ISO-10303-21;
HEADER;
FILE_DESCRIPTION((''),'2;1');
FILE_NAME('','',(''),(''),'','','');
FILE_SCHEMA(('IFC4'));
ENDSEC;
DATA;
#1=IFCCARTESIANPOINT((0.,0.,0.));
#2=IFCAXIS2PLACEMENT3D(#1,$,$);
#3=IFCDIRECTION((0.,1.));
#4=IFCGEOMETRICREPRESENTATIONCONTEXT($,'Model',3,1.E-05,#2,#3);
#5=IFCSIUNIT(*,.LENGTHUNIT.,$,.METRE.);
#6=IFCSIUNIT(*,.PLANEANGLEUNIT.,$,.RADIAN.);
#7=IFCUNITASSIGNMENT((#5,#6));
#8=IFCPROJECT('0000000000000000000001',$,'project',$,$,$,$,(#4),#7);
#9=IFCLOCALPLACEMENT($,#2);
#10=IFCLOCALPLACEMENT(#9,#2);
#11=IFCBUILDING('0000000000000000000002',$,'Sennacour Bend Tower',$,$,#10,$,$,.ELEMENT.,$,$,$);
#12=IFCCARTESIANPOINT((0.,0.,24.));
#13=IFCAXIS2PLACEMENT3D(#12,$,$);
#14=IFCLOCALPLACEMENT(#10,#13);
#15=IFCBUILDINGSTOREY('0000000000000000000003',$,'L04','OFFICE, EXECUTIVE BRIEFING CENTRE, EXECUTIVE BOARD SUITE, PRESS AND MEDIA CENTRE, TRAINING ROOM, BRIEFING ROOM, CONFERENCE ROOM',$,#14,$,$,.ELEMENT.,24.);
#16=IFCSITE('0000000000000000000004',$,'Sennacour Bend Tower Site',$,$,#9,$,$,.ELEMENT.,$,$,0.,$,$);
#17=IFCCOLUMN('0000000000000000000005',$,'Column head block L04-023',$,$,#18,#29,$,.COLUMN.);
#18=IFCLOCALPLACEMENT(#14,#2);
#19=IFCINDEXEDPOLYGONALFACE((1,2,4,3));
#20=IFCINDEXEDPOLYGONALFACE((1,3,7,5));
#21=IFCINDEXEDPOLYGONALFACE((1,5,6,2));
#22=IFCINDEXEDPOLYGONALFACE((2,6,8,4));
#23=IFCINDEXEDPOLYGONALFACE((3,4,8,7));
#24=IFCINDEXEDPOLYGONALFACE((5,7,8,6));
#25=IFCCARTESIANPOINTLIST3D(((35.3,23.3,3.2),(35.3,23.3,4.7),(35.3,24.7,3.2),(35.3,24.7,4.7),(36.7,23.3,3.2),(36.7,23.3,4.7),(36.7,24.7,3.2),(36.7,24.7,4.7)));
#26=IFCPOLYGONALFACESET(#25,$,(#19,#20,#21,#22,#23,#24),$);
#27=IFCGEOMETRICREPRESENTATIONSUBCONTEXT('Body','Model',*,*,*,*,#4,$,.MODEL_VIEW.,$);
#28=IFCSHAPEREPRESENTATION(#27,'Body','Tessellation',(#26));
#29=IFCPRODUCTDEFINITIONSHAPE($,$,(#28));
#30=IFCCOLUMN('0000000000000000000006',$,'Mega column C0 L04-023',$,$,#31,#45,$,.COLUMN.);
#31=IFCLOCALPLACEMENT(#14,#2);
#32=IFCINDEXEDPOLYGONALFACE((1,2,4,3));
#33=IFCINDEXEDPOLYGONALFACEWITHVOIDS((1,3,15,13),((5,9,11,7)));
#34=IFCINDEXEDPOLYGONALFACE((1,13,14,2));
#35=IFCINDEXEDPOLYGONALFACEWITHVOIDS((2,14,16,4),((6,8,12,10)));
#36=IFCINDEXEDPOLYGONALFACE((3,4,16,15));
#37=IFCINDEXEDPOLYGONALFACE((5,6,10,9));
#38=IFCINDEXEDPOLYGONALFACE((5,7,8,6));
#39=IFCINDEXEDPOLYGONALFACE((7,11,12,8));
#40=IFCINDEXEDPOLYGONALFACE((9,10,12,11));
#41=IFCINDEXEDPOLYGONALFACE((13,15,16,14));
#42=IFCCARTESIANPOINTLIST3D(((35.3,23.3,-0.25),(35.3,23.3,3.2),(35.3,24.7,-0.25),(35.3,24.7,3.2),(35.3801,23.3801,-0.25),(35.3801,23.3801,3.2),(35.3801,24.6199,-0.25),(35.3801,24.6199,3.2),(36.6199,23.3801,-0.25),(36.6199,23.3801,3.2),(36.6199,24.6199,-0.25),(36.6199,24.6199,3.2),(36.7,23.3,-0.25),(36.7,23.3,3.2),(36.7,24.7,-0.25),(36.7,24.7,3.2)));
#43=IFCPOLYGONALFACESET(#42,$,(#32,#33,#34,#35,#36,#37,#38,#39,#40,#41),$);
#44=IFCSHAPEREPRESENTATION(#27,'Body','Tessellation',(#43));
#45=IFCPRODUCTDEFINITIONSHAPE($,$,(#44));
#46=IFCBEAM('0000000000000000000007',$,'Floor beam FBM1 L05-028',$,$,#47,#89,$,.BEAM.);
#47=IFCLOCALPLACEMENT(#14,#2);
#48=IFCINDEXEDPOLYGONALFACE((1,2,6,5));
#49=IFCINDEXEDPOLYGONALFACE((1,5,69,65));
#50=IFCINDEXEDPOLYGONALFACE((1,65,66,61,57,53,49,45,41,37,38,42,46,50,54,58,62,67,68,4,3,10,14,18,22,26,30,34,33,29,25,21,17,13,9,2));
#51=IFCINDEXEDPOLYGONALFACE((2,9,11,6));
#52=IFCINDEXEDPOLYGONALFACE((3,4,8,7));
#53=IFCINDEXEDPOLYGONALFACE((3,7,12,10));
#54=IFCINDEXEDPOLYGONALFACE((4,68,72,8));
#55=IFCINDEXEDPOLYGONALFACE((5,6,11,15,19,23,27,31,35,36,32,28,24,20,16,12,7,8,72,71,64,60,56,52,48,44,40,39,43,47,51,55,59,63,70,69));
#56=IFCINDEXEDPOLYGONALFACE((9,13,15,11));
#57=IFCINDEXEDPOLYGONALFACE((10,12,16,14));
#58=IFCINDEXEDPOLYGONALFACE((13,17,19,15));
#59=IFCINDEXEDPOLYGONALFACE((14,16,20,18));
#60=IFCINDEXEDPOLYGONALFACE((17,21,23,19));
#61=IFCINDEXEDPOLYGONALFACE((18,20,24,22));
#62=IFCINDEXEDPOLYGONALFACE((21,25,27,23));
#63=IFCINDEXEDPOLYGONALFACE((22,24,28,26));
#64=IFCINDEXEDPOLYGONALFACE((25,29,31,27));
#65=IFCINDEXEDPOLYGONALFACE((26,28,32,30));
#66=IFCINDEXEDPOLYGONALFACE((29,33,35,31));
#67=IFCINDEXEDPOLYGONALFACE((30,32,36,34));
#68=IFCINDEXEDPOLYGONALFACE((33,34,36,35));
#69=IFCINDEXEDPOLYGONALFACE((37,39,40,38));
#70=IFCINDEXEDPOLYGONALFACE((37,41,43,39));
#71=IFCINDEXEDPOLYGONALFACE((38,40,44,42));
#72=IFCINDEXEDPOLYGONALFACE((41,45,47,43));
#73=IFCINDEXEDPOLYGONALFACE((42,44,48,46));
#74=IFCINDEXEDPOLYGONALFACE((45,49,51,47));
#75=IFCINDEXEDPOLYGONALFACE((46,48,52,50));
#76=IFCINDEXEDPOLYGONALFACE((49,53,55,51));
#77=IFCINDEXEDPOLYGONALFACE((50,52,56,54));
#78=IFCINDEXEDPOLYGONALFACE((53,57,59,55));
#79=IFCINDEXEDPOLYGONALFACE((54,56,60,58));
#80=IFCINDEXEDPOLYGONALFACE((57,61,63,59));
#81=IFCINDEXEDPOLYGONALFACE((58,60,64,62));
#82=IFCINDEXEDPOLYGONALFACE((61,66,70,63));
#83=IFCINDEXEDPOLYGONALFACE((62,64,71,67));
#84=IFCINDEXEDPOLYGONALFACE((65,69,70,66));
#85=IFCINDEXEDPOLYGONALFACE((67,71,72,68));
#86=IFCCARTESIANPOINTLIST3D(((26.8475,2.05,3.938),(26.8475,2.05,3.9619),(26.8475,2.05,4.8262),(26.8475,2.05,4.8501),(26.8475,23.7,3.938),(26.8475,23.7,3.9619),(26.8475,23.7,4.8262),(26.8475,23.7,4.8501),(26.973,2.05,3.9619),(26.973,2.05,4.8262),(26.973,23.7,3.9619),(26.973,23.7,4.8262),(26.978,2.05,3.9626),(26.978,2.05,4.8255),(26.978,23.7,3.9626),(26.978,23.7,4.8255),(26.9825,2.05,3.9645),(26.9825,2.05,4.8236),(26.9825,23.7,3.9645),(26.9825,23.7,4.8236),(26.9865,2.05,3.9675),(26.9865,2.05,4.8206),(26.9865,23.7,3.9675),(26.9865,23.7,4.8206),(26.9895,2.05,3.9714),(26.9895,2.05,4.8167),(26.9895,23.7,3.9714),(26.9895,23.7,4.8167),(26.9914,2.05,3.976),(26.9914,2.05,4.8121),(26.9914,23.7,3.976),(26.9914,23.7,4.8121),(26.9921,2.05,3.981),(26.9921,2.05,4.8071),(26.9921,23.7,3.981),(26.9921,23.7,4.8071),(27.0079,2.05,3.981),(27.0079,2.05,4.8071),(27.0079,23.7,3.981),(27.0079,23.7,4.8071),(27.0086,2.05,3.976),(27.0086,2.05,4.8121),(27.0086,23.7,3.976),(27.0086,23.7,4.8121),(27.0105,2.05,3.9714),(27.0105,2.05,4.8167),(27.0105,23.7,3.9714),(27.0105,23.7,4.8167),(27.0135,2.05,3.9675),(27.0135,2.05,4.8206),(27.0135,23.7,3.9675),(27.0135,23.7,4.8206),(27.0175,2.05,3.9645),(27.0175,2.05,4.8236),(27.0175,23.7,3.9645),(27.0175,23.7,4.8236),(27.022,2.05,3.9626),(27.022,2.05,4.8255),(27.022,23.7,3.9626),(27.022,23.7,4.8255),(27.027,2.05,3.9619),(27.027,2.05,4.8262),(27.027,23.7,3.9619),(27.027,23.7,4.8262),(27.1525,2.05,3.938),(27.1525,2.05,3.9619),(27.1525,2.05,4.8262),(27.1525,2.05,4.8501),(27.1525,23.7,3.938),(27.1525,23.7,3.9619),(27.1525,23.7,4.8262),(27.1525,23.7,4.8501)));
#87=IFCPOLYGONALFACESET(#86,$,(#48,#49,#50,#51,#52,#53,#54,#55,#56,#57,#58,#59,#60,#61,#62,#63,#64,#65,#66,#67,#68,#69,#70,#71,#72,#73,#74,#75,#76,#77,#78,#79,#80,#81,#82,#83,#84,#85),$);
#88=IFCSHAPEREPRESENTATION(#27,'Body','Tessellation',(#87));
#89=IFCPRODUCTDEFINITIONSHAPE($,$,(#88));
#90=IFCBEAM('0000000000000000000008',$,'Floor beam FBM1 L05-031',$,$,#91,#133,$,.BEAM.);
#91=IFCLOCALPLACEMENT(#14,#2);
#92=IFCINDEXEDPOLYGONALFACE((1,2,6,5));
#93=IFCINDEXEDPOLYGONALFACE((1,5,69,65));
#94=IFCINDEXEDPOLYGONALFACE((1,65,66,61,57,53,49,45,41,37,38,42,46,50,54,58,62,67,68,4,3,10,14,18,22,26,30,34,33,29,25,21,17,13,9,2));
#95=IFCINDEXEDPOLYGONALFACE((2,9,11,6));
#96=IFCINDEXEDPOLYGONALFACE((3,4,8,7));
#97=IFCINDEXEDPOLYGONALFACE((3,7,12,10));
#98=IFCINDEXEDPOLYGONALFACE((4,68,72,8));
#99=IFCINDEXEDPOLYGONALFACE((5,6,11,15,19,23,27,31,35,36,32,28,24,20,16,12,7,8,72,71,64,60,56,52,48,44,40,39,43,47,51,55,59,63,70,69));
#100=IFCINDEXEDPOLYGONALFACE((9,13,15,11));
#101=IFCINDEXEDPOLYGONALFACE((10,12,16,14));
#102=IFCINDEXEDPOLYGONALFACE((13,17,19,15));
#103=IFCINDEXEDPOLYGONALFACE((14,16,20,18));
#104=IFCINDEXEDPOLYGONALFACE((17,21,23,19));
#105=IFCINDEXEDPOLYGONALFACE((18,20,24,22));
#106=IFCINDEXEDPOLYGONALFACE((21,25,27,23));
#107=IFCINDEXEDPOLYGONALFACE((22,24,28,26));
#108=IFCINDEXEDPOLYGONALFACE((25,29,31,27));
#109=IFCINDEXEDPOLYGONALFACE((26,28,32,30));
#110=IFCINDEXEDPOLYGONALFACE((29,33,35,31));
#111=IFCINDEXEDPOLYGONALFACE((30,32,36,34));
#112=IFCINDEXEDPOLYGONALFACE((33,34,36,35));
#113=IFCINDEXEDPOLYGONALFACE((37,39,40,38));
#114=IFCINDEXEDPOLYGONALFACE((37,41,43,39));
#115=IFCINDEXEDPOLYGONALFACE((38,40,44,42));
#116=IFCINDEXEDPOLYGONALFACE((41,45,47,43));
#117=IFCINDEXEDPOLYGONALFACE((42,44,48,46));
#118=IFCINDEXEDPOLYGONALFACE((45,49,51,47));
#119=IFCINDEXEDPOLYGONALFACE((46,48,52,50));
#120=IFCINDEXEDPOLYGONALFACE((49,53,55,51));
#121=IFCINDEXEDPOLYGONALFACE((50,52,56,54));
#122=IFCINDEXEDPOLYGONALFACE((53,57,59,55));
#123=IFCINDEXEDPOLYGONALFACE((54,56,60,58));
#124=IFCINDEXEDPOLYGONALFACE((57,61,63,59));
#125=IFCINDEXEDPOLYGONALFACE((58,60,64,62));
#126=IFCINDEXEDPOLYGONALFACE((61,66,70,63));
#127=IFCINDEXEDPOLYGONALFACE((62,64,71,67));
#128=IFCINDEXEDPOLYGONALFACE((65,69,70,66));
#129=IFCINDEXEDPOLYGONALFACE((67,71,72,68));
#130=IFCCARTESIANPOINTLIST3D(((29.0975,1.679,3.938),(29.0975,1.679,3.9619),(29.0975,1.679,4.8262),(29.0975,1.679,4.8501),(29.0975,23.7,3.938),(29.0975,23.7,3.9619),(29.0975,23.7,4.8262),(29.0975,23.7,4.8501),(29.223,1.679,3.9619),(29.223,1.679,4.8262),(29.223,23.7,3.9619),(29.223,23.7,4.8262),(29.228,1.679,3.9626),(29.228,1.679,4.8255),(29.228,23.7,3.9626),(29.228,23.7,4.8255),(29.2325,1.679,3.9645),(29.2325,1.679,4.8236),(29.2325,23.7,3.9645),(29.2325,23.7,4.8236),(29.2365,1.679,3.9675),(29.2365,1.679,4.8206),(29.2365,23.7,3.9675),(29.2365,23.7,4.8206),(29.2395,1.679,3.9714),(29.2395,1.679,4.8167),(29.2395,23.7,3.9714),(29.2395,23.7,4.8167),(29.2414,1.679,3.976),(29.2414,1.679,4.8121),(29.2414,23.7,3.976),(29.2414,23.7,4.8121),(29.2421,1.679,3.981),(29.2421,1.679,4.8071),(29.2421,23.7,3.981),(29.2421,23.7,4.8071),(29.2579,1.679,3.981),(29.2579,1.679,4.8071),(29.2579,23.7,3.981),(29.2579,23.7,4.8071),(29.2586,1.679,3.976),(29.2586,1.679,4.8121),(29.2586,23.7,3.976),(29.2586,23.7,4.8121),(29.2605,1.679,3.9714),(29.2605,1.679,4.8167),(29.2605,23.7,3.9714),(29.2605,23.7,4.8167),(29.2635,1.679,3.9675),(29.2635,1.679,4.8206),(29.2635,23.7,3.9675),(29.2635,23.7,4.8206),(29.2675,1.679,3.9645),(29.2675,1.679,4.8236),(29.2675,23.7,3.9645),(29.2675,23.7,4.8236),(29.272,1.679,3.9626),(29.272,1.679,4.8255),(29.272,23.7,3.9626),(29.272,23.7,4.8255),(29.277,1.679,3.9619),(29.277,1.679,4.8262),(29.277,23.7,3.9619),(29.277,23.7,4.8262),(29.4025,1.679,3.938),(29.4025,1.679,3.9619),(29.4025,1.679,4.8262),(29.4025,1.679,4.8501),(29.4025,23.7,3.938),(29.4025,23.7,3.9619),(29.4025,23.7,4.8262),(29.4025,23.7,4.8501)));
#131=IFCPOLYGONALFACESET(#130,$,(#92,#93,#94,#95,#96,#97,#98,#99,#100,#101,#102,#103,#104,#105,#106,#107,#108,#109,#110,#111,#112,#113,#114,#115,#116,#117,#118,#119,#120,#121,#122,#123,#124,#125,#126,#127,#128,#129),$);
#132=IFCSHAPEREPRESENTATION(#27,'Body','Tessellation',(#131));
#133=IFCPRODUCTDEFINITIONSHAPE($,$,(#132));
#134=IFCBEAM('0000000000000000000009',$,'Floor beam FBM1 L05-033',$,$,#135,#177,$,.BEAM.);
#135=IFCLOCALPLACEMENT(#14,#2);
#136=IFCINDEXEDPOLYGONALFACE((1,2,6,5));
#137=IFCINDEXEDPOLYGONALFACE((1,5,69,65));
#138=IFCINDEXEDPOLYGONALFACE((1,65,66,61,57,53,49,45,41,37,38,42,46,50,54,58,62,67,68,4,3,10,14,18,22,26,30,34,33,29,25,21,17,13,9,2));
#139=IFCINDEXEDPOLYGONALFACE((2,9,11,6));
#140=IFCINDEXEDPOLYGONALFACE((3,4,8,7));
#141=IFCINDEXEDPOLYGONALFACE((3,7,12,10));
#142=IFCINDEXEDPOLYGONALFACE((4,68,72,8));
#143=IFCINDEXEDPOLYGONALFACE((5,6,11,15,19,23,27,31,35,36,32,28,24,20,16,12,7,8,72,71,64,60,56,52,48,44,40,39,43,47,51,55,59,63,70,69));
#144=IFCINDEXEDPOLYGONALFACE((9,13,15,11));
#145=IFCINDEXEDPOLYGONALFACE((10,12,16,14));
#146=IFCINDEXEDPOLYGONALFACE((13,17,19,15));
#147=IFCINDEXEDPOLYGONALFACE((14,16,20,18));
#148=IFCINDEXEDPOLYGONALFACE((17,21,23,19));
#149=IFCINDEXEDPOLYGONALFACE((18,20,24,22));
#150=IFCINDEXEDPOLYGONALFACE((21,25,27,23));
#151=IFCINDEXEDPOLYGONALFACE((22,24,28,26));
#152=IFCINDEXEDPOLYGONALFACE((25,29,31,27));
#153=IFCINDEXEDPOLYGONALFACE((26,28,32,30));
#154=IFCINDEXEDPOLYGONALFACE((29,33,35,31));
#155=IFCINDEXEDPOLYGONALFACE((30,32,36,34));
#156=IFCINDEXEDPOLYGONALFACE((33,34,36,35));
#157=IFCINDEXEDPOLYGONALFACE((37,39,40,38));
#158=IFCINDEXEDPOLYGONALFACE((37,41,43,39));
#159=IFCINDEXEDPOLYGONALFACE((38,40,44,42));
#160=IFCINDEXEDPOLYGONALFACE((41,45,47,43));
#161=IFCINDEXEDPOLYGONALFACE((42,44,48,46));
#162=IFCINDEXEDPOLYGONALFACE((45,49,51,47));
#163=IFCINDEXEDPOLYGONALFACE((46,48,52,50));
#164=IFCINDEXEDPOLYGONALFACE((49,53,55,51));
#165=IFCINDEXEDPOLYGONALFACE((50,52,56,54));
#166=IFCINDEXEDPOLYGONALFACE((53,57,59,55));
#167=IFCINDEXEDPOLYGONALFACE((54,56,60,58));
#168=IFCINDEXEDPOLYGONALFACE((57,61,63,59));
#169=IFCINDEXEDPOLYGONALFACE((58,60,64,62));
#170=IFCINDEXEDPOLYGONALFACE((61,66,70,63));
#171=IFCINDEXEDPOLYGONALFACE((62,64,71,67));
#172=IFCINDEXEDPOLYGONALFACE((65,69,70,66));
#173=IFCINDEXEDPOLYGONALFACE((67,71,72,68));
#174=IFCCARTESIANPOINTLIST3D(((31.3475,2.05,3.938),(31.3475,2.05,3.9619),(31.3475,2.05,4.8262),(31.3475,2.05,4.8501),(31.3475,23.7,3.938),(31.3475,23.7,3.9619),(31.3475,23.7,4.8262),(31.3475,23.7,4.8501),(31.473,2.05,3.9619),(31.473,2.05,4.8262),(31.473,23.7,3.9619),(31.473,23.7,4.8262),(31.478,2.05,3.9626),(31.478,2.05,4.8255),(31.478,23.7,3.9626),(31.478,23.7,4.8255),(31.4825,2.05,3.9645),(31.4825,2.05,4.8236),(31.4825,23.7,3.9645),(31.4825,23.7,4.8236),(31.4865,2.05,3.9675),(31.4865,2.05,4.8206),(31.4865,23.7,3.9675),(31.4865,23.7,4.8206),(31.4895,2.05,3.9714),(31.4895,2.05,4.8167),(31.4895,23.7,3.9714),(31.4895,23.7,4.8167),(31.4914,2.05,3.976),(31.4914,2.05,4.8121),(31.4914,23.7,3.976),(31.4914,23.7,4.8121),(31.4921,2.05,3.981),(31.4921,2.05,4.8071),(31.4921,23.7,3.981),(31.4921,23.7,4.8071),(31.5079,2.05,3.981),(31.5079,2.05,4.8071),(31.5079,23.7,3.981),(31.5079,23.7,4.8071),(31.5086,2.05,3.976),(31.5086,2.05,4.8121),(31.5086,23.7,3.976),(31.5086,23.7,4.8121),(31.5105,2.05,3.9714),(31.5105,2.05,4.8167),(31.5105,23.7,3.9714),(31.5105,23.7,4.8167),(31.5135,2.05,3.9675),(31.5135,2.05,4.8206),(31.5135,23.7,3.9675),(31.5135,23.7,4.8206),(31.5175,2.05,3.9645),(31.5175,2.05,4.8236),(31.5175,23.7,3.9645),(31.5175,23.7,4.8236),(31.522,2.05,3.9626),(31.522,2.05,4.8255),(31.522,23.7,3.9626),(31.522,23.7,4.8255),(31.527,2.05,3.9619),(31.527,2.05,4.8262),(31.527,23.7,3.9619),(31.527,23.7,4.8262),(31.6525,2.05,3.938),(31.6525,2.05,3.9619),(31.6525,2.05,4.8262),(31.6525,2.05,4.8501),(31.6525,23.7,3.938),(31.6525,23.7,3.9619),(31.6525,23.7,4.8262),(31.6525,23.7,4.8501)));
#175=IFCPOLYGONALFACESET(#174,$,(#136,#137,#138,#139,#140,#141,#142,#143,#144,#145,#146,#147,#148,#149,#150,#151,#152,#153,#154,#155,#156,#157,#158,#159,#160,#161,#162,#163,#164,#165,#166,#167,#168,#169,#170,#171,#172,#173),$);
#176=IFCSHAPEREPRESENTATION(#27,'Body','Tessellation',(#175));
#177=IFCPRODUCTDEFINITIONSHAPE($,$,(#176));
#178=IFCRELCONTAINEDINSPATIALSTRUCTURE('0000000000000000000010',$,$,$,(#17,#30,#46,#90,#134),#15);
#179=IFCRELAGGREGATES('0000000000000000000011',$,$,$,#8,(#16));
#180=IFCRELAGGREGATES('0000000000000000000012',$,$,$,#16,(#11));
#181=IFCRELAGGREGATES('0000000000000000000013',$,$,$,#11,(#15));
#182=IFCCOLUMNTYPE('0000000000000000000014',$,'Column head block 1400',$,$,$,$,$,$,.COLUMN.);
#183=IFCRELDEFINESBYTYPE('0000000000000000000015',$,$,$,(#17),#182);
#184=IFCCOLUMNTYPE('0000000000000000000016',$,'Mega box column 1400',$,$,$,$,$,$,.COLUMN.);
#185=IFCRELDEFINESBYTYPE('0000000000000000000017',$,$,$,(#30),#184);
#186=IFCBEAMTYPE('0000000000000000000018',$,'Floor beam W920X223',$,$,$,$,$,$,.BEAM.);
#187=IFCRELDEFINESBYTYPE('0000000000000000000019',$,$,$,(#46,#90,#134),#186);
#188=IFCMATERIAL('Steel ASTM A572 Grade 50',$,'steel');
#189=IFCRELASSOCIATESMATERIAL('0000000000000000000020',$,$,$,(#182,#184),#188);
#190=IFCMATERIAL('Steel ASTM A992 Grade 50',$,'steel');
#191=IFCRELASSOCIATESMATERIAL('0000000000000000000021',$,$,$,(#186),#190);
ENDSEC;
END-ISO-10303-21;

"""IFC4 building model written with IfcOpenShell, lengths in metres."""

from ifc_helpers import new_model, si_unit, direction, frame, origin, origin_2d, place, context, subcontext, project, spatial, rectangle, hollow_rectangle, i_section, extrude, material, material_profile, profile_set, type_object, element, save


model = new_model("IFC4")

# Units and contexts
model_context = context("Model", 3, precision=1e-05, world=origin(), true_north=direction((0.0, 1.0)))
body_context = subcontext(model_context, "Body", "Model", "MODEL_VIEW")
ifc_project = project(units=[si_unit("LENGTHUNIT", "METRE"), si_unit("PLANEANGLEUNIT", "RADIAN")], contexts=[model_context])

# Site, building, storey
site_placement = place(None, origin())
site = spatial("IfcSite", under=ifc_project, at=site_placement, Name="Sennacour Bend Tower Site", CompositionType="ELEMENT", RefElevation=0.0)
building_placement = place(site_placement, origin())
building = spatial("IfcBuilding", under=site, at=building_placement, Name="Sennacour Bend Tower", CompositionType="ELEMENT")
storey_placement = place(building_placement, frame((0.0, 0.0, 24.0)))
storey = spatial("IfcBuildingStorey", under=building, at=storey_placement, Name="L04", Description="OFFICE, EXECUTIVE BRIEFING CENTRE, EXECUTIVE BOARD SUITE, PRESS AND MEDIA CENTRE, TRAINING ROOM, BRIEFING ROOM, CONFERENCE ROOM", CompositionType="ELEMENT", Elevation=24.0)

# Columns
ifc_material_1 = material(Name="Steel ASTM A572 Grade 50", Category="steel")
ifc_material_profile_1 = material_profile(ifc_material_1, rectangle(XDim=1.3999, YDim=1.3999, at=origin_2d()), Name="Steel ASTM A572 Grade 50", Category="steel")
ifc_profile_set_1 = profile_set([ifc_material_profile_1], Name="Steel ASTM A572 Grade 50")
column_type_1 = type_object("IfcColumnType", Name="Column head block 1400", PredefinedType="COLUMN", material=ifc_profile_set_1)
column_1_placement = place(storey_placement, frame((36.0, 24.0, 3.2), z_axis=(0.0, 0.0, 1.0), x_axis=(1.0, 0.0, 0.0)))
element("IfcColumn", 1, at=column_1_placement, inside=storey, type_object=column_type_1, Name="Column head block L04-023", PredefinedType="COLUMN", context=body_context, shape_type="SweptSolid", body=[
    extrude(rectangle(XDim=1.3999, YDim=1.3999, at=origin_2d()), origin(), (0.0, 0.0, 1.0), 1.5),
])
ifc_material_profile_2 = material_profile(ifc_material_1, hollow_rectangle(XDim=1.3999, YDim=1.3999, WallThickness=0.0801, at=origin_2d()), Name="Steel ASTM A572 Grade 50", Category="steel")
ifc_profile_set_2 = profile_set([ifc_material_profile_2], Name="Steel ASTM A572 Grade 50")
column_type_2 = type_object("IfcColumnType", Name="Mega box column 1400", PredefinedType="COLUMN", material=ifc_profile_set_2)
column_2_placement = place(storey_placement, frame((36.0, 24.0, -0.25), z_axis=(0.0, 0.0, 1.0), x_axis=(1.0, 0.0, 0.0)))
element("IfcColumn", 2, at=column_2_placement, inside=storey, type_object=column_type_2, Name="Mega column C0 L04-023", PredefinedType="COLUMN", context=body_context, shape_type="SweptSolid", body=[
    extrude(hollow_rectangle(XDim=1.3999, YDim=1.3999, WallThickness=0.0801, at=origin_2d()), origin(), (0.0, 0.0, 1.0), 3.45),
])

# Beams
ifc_material_2 = material(Name="Steel ASTM A992 Grade 50", Category="steel")
ifc_material_profile_3 = material_profile(ifc_material_2, i_section(OverallWidth=0.3049, OverallDepth=0.9121, WebThickness=0.0159, FlangeThickness=0.0239, FilletRadius=0.019, at=origin_2d()), Name="Steel ASTM A992 Grade 50", Category="steel")
ifc_profile_set_3 = profile_set([ifc_material_profile_3], Name="Steel ASTM A992 Grade 50")
beam_type_1 = type_object("IfcBeamType", Name="Floor beam W920X223", PredefinedType="BEAM", material=ifc_profile_set_3)
beam_1_placement = place(storey_placement, frame((27.0, 2.05, 4.394), z_axis=(0.0, 1.0, 0.0), x_axis=(-1.0, 0.0, 0.0)))
element("IfcBeam", 3, at=beam_1_placement, inside=storey, type_object=beam_type_1, Name="Floor beam FBM1 L05-028", PredefinedType="BEAM", context=body_context, shape_type="SweptSolid", body=[
    extrude(i_section(OverallWidth=0.3049, OverallDepth=0.9121, WebThickness=0.0159, FlangeThickness=0.0239, FilletRadius=0.019, at=origin_2d()), origin(), (0.0, 0.0, 1.0), 21.6499),
])
beam_2_placement = place(storey_placement, frame((29.25, 1.679, 4.394), z_axis=(0.0, 1.0, 0.0), x_axis=(-1.0, 0.0, 0.0)))
element("IfcBeam", 4, at=beam_2_placement, inside=storey, type_object=beam_type_1, Name="Floor beam FBM1 L05-031", PredefinedType="BEAM", context=body_context, shape_type="SweptSolid", body=[
    extrude(i_section(OverallWidth=0.3049, OverallDepth=0.9121, WebThickness=0.0159, FlangeThickness=0.0239, FilletRadius=0.019, at=origin_2d()), origin(), (0.0, 0.0, 1.0), 22.021),
])
beam_3_placement = place(storey_placement, frame((31.5, 2.05, 4.394), z_axis=(0.0, 1.0, 0.0), x_axis=(-1.0, 0.0, 0.0)))
element("IfcBeam", 5, at=beam_3_placement, inside=storey, type_object=beam_type_1, Name="Floor beam FBM1 L05-033", PredefinedType="BEAM", context=body_context, shape_type="SweptSolid", body=[
    extrude(i_section(OverallWidth=0.3049, OverallDepth=0.9121, WebThickness=0.0159, FlangeThickness=0.0239, FilletRadius=0.019, at=origin_2d()), origin(), (0.0, 0.0, 1.0), 21.6499),
])

save(model, "model.ifc")
